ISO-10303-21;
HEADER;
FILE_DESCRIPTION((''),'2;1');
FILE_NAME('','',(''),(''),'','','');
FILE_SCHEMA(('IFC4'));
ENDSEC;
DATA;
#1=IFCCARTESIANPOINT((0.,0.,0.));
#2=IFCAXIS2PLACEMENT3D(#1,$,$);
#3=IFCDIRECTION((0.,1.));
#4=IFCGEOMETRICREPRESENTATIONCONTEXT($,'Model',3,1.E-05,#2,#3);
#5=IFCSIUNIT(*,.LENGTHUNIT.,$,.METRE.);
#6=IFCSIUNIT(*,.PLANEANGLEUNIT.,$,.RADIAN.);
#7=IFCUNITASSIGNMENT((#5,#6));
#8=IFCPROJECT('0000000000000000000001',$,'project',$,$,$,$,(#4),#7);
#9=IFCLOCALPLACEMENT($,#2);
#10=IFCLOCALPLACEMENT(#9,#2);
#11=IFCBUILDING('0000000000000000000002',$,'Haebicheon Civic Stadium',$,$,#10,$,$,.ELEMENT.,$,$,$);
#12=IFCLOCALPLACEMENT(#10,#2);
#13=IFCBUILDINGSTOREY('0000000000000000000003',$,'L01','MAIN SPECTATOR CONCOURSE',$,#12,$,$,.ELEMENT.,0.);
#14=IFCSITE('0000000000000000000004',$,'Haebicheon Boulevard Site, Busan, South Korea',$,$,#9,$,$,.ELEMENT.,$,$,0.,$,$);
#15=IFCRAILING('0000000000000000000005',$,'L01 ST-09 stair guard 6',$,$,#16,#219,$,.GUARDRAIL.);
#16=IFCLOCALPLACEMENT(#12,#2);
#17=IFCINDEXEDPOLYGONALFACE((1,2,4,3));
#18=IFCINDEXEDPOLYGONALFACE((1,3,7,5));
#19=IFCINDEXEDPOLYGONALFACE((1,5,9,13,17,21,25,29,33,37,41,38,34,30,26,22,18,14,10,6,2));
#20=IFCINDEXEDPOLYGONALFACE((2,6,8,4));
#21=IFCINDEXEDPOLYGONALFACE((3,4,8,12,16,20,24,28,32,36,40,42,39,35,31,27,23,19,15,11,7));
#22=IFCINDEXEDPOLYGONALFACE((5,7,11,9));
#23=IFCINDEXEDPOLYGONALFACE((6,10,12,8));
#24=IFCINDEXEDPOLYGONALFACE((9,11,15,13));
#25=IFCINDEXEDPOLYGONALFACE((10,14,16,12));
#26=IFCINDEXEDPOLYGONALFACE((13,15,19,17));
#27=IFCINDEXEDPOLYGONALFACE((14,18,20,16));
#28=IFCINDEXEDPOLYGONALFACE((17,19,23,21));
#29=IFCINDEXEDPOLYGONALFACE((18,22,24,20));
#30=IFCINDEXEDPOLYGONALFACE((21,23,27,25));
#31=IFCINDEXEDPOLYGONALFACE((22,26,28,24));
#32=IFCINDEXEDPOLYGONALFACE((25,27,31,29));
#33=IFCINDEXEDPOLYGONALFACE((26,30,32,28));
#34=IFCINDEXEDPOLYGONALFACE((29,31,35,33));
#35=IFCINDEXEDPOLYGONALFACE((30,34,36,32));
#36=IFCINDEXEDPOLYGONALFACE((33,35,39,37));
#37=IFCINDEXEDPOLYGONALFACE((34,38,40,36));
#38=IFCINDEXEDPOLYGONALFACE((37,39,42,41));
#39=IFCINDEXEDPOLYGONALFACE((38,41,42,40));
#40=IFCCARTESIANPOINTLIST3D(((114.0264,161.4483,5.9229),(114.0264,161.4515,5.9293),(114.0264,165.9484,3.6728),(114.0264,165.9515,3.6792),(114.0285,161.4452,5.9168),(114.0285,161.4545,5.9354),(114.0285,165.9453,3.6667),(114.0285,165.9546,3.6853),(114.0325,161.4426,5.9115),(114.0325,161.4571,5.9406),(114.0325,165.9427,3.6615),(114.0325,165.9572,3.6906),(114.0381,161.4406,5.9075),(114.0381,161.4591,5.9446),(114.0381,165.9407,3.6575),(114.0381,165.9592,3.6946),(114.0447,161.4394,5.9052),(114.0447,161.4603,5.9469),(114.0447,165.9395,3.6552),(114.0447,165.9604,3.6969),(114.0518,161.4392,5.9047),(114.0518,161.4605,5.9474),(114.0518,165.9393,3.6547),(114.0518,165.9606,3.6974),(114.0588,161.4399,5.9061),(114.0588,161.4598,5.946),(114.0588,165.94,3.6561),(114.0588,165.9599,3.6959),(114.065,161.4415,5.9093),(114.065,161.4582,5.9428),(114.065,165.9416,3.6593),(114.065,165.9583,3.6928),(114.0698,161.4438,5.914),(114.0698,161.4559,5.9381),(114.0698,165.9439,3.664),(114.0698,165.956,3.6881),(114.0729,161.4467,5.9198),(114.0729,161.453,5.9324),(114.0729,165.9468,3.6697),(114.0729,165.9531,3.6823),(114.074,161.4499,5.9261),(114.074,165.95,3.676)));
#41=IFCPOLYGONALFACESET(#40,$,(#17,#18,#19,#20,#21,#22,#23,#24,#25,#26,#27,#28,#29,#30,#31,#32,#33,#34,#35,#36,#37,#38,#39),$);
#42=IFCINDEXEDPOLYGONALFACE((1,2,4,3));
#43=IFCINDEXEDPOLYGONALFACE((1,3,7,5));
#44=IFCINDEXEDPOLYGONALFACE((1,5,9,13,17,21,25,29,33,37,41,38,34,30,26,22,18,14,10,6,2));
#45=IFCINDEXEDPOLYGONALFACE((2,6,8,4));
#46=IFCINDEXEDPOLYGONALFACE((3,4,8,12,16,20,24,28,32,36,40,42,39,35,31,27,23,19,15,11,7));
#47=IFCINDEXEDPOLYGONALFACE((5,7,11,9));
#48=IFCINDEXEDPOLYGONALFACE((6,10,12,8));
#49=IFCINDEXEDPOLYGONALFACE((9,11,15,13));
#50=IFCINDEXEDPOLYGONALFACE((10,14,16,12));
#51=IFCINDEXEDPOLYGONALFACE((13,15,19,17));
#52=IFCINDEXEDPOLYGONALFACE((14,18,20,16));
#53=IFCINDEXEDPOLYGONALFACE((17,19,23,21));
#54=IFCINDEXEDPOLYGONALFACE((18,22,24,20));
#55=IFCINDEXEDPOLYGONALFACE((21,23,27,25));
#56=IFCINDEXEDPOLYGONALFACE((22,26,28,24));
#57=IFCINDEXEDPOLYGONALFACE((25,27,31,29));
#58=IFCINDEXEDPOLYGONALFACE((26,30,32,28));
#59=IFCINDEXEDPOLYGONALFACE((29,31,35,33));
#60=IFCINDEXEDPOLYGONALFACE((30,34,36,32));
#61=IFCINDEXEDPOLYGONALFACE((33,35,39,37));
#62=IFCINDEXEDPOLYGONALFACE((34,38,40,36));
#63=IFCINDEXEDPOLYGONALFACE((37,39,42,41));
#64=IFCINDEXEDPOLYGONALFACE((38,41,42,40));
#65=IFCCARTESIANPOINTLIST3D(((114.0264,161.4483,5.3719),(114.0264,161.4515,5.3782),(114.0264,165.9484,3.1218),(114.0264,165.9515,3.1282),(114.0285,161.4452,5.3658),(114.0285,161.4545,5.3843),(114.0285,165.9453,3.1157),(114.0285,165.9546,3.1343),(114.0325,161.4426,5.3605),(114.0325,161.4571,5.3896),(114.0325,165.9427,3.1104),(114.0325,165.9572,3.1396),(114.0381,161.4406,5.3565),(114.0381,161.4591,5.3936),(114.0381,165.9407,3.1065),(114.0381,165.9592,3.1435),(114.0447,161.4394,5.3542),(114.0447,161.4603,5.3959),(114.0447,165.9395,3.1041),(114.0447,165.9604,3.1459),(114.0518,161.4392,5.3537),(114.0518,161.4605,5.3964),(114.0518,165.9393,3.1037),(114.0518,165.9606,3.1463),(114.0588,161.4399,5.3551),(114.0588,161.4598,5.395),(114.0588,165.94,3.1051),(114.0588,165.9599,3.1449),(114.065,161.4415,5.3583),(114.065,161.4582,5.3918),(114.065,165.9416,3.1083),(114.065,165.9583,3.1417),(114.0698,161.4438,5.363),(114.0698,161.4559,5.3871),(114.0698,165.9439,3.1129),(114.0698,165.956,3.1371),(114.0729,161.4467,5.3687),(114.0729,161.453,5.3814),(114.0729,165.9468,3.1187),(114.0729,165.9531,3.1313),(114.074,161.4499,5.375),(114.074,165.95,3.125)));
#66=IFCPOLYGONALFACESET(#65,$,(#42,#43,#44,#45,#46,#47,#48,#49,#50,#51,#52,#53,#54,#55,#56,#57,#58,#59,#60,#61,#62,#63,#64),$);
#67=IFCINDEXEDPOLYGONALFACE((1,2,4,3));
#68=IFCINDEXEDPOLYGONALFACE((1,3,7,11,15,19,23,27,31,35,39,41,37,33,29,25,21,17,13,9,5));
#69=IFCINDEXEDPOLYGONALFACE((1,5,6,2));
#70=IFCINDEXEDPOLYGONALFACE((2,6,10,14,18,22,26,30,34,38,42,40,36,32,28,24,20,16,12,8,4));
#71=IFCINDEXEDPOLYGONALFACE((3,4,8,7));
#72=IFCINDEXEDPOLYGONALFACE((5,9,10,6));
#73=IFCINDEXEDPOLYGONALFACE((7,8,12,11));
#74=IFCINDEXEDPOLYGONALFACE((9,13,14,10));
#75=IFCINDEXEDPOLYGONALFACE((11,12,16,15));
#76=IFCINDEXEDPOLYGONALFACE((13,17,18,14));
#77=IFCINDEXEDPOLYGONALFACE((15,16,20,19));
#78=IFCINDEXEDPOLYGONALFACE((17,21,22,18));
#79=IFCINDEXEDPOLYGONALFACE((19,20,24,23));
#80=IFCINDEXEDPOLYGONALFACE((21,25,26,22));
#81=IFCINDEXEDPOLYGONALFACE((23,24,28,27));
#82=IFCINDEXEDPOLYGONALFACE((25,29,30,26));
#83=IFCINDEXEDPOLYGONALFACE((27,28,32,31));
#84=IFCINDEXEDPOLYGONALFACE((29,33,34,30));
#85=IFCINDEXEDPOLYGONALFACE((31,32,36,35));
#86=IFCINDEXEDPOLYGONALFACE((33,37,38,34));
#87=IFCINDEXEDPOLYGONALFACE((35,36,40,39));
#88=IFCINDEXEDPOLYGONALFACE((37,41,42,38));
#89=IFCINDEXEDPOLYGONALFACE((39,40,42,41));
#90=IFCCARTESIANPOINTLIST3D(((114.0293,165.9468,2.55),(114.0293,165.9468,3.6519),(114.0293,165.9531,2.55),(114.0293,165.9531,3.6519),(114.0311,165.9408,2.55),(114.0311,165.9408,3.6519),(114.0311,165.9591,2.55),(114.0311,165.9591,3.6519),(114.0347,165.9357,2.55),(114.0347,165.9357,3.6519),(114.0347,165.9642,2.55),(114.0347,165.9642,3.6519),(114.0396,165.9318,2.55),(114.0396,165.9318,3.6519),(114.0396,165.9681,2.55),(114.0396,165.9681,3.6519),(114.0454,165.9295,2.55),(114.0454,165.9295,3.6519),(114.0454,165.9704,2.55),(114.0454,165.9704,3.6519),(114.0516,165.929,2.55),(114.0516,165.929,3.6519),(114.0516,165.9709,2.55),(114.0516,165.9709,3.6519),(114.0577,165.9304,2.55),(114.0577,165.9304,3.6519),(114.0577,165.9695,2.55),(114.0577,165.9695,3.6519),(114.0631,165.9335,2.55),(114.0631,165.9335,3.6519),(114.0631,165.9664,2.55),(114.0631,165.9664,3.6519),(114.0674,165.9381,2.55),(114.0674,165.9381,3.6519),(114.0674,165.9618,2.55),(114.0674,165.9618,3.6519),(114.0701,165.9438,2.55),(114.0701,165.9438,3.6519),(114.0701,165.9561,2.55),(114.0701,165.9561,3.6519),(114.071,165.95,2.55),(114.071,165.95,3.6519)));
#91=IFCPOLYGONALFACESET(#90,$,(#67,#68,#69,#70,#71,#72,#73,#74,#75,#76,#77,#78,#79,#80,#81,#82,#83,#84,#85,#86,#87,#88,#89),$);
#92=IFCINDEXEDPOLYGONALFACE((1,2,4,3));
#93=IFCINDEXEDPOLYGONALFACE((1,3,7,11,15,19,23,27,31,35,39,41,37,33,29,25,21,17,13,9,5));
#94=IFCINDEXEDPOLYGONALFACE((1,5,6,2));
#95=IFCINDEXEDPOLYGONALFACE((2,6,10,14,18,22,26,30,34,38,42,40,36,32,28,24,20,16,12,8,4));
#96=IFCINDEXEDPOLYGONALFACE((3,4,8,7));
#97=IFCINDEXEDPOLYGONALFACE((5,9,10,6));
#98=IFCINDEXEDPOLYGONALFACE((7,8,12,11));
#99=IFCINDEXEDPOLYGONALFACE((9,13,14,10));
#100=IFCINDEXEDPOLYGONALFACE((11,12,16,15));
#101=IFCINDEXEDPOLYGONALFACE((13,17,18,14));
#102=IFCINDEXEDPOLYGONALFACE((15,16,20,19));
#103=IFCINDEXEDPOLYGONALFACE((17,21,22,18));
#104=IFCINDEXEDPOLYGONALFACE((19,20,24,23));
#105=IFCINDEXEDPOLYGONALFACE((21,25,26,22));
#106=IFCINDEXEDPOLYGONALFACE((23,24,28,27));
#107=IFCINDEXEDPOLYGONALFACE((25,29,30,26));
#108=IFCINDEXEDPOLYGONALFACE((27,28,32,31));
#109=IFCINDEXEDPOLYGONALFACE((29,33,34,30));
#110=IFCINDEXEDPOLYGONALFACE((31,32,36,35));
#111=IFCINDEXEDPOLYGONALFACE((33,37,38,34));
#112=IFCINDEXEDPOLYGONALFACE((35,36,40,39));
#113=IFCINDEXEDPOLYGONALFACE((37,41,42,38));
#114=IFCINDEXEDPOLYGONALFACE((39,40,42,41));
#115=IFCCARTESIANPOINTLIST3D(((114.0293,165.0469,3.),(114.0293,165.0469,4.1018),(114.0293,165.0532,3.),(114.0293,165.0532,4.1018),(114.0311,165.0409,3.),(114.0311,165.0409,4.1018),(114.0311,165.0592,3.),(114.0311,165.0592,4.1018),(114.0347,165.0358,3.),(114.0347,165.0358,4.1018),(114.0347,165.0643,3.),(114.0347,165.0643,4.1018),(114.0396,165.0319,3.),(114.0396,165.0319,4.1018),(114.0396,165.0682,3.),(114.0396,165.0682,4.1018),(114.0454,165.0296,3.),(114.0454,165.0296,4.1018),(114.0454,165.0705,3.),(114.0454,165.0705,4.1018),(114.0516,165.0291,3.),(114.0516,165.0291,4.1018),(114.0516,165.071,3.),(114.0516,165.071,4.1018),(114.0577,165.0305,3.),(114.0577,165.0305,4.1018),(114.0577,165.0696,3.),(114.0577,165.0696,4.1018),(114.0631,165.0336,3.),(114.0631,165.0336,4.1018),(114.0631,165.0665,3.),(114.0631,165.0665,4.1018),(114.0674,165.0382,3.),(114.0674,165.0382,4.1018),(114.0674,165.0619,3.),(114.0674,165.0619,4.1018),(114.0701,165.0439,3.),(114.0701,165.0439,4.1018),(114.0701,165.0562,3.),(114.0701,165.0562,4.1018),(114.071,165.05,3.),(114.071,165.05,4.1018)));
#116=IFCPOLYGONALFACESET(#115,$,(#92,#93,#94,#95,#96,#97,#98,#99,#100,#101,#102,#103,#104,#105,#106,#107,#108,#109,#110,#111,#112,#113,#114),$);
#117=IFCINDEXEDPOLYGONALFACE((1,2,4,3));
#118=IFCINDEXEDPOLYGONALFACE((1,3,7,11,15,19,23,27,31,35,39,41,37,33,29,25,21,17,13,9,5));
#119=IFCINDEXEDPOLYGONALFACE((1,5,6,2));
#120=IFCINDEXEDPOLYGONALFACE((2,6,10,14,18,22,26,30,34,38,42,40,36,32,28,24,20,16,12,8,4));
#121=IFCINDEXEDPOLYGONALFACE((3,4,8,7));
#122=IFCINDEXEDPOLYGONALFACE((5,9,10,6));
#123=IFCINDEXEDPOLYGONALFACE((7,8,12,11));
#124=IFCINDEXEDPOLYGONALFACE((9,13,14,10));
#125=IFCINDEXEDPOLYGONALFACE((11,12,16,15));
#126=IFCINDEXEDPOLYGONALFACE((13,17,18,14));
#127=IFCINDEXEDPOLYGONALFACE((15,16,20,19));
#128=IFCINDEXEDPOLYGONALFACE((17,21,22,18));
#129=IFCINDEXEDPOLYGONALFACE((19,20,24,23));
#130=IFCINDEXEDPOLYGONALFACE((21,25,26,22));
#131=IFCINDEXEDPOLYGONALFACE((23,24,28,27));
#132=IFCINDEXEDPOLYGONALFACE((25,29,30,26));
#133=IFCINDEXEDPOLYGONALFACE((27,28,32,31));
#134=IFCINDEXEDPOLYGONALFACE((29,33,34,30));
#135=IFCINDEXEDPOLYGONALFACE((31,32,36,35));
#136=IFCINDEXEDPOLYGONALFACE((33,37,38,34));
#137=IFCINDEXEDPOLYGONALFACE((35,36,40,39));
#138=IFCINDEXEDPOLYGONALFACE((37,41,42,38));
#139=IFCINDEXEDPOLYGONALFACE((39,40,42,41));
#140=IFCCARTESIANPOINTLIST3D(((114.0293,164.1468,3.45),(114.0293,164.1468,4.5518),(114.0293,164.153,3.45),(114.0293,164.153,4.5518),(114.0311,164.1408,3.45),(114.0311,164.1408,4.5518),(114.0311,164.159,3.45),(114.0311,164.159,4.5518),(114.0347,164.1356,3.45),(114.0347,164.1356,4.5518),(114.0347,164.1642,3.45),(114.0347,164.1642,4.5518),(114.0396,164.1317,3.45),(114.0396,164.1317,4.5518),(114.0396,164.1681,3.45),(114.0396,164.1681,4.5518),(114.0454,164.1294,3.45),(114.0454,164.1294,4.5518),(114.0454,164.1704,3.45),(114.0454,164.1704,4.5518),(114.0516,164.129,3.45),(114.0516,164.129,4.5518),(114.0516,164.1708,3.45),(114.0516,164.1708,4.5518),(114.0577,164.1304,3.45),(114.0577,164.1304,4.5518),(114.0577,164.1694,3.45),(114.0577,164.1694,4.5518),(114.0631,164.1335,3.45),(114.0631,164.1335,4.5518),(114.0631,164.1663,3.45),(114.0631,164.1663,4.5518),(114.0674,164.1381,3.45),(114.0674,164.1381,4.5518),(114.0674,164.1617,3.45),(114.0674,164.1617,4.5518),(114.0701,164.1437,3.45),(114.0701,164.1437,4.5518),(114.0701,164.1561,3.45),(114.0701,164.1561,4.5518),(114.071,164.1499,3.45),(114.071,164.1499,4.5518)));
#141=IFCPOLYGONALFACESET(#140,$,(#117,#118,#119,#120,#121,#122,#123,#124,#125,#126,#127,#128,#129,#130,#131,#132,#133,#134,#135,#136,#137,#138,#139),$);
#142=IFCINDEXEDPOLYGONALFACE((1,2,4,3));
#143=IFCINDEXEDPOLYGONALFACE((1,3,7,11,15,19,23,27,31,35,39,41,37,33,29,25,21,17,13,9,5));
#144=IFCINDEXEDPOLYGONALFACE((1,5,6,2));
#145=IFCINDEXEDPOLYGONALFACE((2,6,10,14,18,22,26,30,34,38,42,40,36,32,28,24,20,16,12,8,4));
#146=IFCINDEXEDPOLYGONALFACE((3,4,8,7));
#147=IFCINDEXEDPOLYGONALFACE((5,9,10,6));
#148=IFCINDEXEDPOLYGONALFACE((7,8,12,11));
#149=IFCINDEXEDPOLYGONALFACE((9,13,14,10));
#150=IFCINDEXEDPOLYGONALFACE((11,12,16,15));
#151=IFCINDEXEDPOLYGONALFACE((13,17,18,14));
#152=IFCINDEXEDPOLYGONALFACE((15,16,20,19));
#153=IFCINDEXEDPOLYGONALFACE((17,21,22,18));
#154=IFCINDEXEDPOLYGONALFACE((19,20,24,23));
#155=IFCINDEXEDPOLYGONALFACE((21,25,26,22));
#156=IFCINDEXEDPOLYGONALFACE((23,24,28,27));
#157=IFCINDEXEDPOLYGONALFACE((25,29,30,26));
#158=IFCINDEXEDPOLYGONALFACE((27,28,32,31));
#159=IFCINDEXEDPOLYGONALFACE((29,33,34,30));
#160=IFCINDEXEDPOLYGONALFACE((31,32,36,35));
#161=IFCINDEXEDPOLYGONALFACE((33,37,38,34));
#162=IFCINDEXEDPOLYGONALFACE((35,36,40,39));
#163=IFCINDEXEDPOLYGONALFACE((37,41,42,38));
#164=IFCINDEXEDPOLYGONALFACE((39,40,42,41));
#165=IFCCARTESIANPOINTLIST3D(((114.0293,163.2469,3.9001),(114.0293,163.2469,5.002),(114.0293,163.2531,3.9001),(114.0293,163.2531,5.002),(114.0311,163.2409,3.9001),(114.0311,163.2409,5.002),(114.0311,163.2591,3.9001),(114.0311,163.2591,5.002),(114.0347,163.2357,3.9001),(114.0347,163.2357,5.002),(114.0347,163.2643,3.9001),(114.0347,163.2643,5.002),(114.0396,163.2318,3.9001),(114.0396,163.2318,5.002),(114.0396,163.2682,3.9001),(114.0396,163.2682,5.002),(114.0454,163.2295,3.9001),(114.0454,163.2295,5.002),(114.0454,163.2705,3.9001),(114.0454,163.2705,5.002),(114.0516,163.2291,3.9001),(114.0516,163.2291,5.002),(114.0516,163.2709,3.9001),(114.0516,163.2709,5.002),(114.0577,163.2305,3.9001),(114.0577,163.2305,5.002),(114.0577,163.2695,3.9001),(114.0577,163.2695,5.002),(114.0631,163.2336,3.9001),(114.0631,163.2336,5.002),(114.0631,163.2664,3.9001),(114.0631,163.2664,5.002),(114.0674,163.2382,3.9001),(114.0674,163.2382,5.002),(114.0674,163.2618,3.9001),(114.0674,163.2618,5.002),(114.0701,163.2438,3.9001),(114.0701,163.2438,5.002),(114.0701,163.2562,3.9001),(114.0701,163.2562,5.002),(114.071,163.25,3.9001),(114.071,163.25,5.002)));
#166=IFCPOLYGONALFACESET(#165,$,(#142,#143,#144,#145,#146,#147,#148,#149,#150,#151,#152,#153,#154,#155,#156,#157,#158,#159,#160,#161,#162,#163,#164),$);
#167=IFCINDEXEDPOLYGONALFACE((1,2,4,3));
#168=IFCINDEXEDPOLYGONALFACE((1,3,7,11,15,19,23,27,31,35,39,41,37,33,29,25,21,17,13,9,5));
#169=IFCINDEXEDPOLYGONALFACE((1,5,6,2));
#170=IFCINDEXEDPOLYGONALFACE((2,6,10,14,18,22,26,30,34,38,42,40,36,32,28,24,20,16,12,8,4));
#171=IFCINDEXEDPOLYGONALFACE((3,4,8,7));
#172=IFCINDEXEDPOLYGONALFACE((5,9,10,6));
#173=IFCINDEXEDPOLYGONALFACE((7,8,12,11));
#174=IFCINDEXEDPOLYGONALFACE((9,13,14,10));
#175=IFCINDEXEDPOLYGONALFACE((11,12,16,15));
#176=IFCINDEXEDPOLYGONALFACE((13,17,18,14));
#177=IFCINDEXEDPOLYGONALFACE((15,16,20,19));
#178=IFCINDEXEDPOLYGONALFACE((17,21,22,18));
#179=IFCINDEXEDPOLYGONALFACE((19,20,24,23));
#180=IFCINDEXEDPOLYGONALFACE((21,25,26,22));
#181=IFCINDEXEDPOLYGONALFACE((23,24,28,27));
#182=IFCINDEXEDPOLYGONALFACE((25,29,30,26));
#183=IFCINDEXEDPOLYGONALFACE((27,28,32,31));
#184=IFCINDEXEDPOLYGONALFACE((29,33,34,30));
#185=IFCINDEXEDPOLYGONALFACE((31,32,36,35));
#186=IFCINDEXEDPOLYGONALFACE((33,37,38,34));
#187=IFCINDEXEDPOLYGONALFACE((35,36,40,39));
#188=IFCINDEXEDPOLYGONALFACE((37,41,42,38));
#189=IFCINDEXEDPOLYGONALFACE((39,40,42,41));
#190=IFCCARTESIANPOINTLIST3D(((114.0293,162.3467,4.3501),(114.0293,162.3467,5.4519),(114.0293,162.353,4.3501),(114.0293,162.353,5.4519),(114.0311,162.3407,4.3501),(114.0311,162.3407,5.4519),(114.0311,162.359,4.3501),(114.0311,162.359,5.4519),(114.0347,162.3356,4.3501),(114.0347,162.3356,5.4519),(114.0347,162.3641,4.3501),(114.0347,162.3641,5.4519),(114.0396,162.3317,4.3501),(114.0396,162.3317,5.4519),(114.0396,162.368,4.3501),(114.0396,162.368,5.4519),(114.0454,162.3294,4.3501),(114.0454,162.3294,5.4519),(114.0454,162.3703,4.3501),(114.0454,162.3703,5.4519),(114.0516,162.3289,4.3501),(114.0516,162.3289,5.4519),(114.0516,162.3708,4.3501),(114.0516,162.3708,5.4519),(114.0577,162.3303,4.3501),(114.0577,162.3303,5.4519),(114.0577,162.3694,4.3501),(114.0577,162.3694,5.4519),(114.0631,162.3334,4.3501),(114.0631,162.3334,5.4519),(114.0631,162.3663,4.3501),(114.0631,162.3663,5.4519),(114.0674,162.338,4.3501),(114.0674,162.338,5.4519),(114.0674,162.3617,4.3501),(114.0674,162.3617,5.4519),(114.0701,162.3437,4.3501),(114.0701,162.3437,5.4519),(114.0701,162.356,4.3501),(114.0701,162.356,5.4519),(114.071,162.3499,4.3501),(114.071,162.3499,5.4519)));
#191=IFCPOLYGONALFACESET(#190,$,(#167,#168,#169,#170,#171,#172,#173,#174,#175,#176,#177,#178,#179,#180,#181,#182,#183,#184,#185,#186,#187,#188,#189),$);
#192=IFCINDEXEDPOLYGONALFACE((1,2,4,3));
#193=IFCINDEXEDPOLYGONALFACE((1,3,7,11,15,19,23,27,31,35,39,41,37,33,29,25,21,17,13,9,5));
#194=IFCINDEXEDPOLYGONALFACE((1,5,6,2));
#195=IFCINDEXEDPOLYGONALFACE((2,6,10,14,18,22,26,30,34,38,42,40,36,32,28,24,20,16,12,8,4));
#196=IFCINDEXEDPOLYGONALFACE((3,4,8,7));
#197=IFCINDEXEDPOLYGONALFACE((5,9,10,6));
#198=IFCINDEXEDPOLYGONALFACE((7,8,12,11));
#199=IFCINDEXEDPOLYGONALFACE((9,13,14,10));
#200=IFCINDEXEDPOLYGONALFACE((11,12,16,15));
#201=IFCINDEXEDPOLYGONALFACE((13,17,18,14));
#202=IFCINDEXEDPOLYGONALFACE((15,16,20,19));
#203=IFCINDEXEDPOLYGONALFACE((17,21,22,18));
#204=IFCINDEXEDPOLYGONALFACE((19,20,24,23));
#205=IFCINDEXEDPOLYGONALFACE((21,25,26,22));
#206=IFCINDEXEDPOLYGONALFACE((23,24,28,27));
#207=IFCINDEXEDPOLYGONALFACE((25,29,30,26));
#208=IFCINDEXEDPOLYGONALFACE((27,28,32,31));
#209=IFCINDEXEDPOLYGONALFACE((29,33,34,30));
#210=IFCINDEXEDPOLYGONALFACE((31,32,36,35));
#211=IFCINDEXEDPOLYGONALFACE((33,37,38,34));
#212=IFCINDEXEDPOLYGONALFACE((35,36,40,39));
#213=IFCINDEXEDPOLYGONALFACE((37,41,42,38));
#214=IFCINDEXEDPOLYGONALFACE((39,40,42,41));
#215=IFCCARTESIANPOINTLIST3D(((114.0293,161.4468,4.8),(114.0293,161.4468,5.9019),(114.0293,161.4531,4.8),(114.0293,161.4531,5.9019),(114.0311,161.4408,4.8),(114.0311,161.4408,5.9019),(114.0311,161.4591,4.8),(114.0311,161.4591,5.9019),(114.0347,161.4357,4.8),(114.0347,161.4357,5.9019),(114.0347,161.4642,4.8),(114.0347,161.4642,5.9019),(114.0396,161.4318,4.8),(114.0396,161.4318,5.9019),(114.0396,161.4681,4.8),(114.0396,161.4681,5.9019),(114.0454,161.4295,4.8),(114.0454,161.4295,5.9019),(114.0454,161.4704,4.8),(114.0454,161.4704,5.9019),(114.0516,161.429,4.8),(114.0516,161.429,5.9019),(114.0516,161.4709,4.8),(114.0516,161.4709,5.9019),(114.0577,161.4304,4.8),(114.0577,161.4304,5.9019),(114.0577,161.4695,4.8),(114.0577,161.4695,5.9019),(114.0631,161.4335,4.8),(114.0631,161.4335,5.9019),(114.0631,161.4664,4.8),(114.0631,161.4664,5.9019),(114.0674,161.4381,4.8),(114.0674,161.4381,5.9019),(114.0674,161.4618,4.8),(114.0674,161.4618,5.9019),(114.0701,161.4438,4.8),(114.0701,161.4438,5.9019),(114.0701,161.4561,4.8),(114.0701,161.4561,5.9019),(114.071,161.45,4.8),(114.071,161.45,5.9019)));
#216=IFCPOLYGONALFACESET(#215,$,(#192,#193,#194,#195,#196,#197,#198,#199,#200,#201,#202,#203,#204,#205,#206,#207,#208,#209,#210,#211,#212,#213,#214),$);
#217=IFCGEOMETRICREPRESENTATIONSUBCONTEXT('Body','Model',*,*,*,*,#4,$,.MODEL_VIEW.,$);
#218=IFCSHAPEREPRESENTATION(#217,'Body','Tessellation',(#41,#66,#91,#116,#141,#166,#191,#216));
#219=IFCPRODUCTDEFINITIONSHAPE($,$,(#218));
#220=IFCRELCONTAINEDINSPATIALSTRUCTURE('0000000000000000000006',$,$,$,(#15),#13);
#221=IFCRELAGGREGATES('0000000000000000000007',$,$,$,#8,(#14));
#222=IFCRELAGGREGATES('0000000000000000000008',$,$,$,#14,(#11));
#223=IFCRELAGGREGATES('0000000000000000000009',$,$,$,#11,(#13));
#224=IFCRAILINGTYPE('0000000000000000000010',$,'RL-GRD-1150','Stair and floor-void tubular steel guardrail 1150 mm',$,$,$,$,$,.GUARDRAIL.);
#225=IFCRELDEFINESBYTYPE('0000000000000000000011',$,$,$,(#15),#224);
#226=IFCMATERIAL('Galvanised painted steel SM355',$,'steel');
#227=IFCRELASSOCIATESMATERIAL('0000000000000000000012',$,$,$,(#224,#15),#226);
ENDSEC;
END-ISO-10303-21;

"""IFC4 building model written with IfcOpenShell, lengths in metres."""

from ifc_helpers import new_model, si_unit, direction, frame, origin, origin_2d, place, context, subcontext, project, spatial, circle, extrude, material, type_object, element, save


model = new_model("IFC4")

# Units and contexts
model_context = context("Model", 3, precision=1e-05, world=origin(), true_north=direction((0.0, 1.0)))
body_context = subcontext(model_context, "Body", "Model", "MODEL_VIEW")
ifc_project = project(units=[si_unit("LENGTHUNIT", "METRE"), si_unit("PLANEANGLEUNIT", "RADIAN")], contexts=[model_context])

# Site, building, storey
site_placement = place(None, origin())
site = spatial("IfcSite", under=ifc_project, at=site_placement, Name="Haebicheon Boulevard Site, Busan, South Korea", CompositionType="ELEMENT", RefElevation=0.0)
building_placement = place(site_placement, origin())
building = spatial("IfcBuilding", under=site, at=building_placement, Name="Haebicheon Civic Stadium", CompositionType="ELEMENT")
storey_placement = place(building_placement, origin())
storey = spatial("IfcBuildingStorey", under=building, at=storey_placement, Name="L01", Description="MAIN SPECTATOR CONCOURSE", CompositionType="ELEMENT", Elevation=0.0)

# Railing
ifc_material_1 = material(Name="Galvanised painted steel SM355", Category="steel")
railing_type_1 = type_object("IfcRailingType", Name="RL-GRD-1150", Description="Stair and floor-void tubular steel guardrail 1150 mm", PredefinedType="GUARDRAIL", material=ifc_material_1)
railing_1_placement = place(storey_placement, frame((114.05, 165.95, 2.55)))
element("IfcRailing", 1, at=railing_1_placement, inside=storey, type_object=railing_type_1, material=ifc_material_1, Name="L01 ST-09 stair guard 6", PredefinedType="GUARDRAIL", context=body_context, shape_type="SweptSolid", body=[
    extrude(circle(Radius=0.0239, at=origin_2d()), frame((0.0, 0.0, 1.126), z_axis=(0.0, -0.894427, 0.447214), x_axis=(1.0, 0.0, 0.0)), (0.0, 0.0, 1.0), 5.0312),
    extrude(circle(Radius=0.0239, at=origin_2d()), frame((0.0, 0.0, 0.575), z_axis=(0.0, -0.894427, 0.447214), x_axis=(1.0, 0.0, 0.0)), (0.0, 0.0, 1.0), 5.0312),
    extrude(circle(Radius=0.021, at=origin_2d()), origin(), (0.0, 0.0, 1.0), 1.1018),
    extrude(circle(Radius=0.021, at=origin_2d()), frame((0.0, -0.8999, 0.45)), (0.0, 0.0, 1.0), 1.1018),
    extrude(circle(Radius=0.021, at=origin_2d()), frame((0.0, -1.8, 0.8999)), (0.0, 0.0, 1.0), 1.1018),
    extrude(circle(Radius=0.021, at=origin_2d()), frame((0.0, -2.7, 1.3501)), (0.0, 0.0, 1.0), 1.1018),
    extrude(circle(Radius=0.021, at=origin_2d()), frame((0.0, -3.6001, 1.8)), (0.0, 0.0, 1.0), 1.1018),
    extrude(circle(Radius=0.021, at=origin_2d()), frame((0.0, -4.5, 2.25)), (0.0, 0.0, 1.0), 1.1018),
])

save(model, "model.ifc")
